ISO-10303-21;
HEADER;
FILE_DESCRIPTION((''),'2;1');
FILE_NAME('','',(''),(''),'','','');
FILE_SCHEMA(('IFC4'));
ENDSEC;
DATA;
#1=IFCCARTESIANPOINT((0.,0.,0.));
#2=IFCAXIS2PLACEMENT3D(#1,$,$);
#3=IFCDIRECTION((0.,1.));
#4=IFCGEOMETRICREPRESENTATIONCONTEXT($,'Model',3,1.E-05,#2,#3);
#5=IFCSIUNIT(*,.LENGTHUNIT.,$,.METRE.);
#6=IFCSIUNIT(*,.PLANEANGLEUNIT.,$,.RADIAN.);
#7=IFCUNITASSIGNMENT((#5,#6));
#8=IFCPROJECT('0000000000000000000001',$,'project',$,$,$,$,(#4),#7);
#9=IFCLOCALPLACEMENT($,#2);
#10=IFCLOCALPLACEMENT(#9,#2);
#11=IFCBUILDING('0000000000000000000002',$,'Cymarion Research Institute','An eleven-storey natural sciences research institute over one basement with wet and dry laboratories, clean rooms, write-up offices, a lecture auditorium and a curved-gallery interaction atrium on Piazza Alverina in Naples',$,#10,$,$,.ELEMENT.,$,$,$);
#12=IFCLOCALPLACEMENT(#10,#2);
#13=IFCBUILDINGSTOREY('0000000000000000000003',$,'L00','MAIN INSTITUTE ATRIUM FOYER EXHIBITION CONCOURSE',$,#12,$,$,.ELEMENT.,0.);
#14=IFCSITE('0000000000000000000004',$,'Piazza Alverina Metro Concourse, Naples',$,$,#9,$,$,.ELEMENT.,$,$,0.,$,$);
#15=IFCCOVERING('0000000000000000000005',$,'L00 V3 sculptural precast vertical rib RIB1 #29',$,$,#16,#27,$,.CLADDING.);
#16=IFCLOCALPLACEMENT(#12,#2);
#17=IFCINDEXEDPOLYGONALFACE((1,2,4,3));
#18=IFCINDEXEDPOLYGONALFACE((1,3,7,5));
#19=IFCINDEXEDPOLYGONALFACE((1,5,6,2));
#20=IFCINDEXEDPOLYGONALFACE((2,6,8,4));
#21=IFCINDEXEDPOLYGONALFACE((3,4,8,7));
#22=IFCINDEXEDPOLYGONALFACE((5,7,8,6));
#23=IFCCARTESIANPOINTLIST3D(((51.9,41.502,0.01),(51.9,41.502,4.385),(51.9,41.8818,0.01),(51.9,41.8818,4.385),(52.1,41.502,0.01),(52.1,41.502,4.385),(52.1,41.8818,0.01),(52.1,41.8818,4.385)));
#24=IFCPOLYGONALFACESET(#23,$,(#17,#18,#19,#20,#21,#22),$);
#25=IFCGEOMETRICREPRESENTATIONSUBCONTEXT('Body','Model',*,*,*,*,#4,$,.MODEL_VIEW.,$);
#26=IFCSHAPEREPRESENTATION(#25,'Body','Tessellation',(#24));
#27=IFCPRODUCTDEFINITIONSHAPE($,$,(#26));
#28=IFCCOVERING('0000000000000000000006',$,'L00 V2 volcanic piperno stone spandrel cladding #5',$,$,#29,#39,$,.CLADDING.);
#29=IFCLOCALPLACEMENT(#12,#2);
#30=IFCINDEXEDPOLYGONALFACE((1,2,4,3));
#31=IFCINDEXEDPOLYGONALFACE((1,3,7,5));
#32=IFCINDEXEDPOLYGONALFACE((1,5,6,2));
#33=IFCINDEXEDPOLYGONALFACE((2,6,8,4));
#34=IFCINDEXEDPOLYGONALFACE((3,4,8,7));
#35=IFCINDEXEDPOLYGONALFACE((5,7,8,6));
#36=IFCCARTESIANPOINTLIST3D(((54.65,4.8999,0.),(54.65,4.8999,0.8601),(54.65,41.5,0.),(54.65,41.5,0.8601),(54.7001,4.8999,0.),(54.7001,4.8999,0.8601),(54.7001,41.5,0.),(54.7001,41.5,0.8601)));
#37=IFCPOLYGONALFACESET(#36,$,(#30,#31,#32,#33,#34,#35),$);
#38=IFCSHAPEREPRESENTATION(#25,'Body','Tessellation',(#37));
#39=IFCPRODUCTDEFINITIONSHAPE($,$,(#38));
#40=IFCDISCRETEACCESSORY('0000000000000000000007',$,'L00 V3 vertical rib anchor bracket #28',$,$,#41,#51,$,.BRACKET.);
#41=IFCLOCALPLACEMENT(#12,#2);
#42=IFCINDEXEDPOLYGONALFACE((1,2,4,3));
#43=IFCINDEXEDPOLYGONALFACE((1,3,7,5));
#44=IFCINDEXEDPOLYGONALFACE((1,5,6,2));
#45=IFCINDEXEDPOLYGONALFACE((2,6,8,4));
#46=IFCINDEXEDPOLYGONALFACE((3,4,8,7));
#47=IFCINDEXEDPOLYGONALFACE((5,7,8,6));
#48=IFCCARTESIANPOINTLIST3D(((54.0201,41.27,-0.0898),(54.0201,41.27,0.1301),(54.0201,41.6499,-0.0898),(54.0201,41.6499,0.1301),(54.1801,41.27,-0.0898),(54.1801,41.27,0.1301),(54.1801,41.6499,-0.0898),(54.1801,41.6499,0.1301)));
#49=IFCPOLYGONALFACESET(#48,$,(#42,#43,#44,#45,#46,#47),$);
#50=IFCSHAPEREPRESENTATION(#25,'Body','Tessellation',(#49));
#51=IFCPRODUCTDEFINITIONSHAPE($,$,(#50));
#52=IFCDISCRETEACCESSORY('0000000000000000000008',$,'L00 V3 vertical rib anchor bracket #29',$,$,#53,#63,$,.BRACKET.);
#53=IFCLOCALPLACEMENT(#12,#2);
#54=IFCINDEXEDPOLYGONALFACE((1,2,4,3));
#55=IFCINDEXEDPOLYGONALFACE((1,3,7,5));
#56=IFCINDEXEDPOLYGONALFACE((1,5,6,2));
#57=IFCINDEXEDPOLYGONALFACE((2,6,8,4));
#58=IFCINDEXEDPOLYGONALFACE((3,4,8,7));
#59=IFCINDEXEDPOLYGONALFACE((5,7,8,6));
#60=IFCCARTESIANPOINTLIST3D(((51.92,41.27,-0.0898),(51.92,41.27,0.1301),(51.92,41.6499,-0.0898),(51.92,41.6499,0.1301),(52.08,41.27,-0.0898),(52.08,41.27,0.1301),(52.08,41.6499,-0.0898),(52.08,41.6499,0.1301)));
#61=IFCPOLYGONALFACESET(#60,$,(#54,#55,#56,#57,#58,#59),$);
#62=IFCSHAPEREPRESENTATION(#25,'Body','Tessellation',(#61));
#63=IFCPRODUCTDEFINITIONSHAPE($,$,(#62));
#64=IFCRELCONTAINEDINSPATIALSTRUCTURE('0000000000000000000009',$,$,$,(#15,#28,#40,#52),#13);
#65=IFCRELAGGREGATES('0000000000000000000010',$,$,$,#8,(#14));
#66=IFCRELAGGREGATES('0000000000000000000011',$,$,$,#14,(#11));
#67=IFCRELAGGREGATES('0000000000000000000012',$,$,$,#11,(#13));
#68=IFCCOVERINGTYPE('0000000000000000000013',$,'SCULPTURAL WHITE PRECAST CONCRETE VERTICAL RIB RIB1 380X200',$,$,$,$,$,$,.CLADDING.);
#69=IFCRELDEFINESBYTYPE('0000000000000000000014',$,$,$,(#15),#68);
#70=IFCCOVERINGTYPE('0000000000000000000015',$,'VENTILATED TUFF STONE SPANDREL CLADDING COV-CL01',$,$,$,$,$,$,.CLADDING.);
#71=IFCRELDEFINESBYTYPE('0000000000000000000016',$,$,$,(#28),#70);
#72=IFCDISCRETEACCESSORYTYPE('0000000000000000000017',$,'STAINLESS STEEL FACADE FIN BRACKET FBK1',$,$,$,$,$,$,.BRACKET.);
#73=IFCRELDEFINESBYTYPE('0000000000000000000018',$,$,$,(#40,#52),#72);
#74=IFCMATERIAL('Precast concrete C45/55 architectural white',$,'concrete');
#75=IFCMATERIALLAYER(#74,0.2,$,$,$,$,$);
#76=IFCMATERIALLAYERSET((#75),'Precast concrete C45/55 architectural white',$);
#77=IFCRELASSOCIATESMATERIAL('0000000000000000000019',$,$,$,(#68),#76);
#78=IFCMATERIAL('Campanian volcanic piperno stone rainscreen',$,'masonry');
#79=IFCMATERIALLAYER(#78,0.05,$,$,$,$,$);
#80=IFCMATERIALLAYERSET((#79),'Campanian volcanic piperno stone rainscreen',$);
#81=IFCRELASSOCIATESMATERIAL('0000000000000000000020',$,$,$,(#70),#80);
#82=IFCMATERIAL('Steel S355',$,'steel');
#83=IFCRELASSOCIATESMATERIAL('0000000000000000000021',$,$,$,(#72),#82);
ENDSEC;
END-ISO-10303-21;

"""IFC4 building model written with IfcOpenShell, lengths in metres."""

from ifc_helpers import new_model, si_unit, direction, frame, frame_2d, origin, origin_2d, place, context, subcontext, project, spatial, rectangle, extrude, material, layer, layer_set, type_object, element, save


model = new_model("IFC4")

# Units and contexts
model_context = context("Model", 3, precision=1e-05, world=origin(), true_north=direction((0.0, 1.0)))
body_context = subcontext(model_context, "Body", "Model", "MODEL_VIEW")
ifc_project = project(units=[si_unit("LENGTHUNIT", "METRE"), si_unit("PLANEANGLEUNIT", "RADIAN")], contexts=[model_context])

# Site, building, storey
site_placement = place(None, origin())
site = spatial("IfcSite", under=ifc_project, at=site_placement, Name="Piazza Alverina Metro Concourse, Naples", CompositionType="ELEMENT", RefElevation=0.0)
building_placement = place(site_placement, origin())
building = spatial("IfcBuilding", under=site, at=building_placement, Name="Cymarion Research Institute", Description="An eleven-storey natural sciences research institute over one basement with wet and dry laboratories, clean rooms, write-up offices, a lecture auditorium and a curved-gallery interaction atrium on Piazza Alverina in Naples", CompositionType="ELEMENT")
storey_placement = place(building_placement, origin())
storey = spatial("IfcBuildingStorey", under=building, at=storey_placement, Name="L00", Description="MAIN INSTITUTE ATRIUM FOYER EXHIBITION CONCOURSE", CompositionType="ELEMENT", Elevation=0.0)

# Shared definitions
ifc_material_1 = material(Name="Steel S355", Category="steel")

# Coverings
ifc_material_2 = material(Name="Precast concrete C45/55 architectural white", Category="concrete")
ifc_layer_1 = layer(ifc_material_2, 0.2)
ifc_layer_set_1 = layer_set([ifc_layer_1], Name="Precast concrete C45/55 architectural white")
covering_type_1 = type_object("IfcCoveringType", Name="SCULPTURAL WHITE PRECAST CONCRETE VERTICAL RIB RIB1 380X200", PredefinedType="CLADDING", material=ifc_layer_set_1)
for number, where, z_axis, x_axis, name in (
    (1, (52.0, 41.6919, 0.01), (0.0, 0.0, 1.0), (0.0, 1.0, 0.0), "L00 V3 sculptural precast vertical rib RIB1 #29"),
):
    element("IfcCovering", number, at=place(storey_placement, frame(where, z_axis=z_axis, x_axis=x_axis)), inside=storey, type_object=covering_type_1, Name=name, PredefinedType="CLADDING", context=body_context, shape_type="SweptSolid", body=[
        extrude(rectangle(XDim=0.3799, YDim=0.2, at=origin_2d()), origin(), (0.0, 0.0, 1.0), 4.375),
    ])
ifc_material_3 = material(Name="Campanian volcanic piperno stone rainscreen", Category="masonry")
ifc_layer_2 = layer(ifc_material_3, 0.05)
ifc_layer_set_2 = layer_set([ifc_layer_2], Name="Campanian volcanic piperno stone rainscreen")
covering_type_2 = type_object("IfcCoveringType", Name="VENTILATED TUFF STONE SPANDREL CLADDING COV-CL01", PredefinedType="CLADDING", material=ifc_layer_set_2)
covering_placement = place(storey_placement, frame((54.675, 41.5, 0.0), z_axis=(0.0, 0.0, 1.0), x_axis=(0.0, -1.0, 0.0)))
element("IfcCovering", 2, at=covering_placement, inside=storey, type_object=covering_type_2, Name="L00 V2 volcanic piperno stone spandrel cladding #5", PredefinedType="CLADDING", context=body_context, shape_type="SweptSolid", body=[
    extrude(rectangle(XDim=36.6001, YDim=0.05, at=frame_2d((18.3, 0.0))), origin(), (0.0, 0.0, 1.0), 0.8601),
])

# Discrete accessories
discrete_accessory_type = type_object("IfcDiscreteAccessoryType", Name="STAINLESS STEEL FACADE FIN BRACKET FBK1", PredefinedType="BRACKET", material=ifc_material_1)
for number, where, z_axis, x_axis, name in (
    (3, (54.1001, 41.46, -0.0898), (0.0, 0.0, 1.0), (0.0, 1.0, 0.0), "L00 V3 vertical rib anchor bracket #28"),
    (4, (52.0, 41.46, -0.0898), (0.0, 0.0, 1.0), (0.0, 1.0, 0.0), "L00 V3 vertical rib anchor bracket #29"),
):
    element("IfcDiscreteAccessory", number, at=place(storey_placement, frame(where, z_axis=z_axis, x_axis=x_axis)), inside=storey, type_object=discrete_accessory_type, Name=name, PredefinedType="BRACKET", context=body_context, shape_type="SweptSolid", body=[
        extrude(rectangle(XDim=0.3799, YDim=0.1599, at=origin_2d()), origin(), (0.0, 0.0, 1.0), 0.22),
    ])

save(model, "model.ifc")
